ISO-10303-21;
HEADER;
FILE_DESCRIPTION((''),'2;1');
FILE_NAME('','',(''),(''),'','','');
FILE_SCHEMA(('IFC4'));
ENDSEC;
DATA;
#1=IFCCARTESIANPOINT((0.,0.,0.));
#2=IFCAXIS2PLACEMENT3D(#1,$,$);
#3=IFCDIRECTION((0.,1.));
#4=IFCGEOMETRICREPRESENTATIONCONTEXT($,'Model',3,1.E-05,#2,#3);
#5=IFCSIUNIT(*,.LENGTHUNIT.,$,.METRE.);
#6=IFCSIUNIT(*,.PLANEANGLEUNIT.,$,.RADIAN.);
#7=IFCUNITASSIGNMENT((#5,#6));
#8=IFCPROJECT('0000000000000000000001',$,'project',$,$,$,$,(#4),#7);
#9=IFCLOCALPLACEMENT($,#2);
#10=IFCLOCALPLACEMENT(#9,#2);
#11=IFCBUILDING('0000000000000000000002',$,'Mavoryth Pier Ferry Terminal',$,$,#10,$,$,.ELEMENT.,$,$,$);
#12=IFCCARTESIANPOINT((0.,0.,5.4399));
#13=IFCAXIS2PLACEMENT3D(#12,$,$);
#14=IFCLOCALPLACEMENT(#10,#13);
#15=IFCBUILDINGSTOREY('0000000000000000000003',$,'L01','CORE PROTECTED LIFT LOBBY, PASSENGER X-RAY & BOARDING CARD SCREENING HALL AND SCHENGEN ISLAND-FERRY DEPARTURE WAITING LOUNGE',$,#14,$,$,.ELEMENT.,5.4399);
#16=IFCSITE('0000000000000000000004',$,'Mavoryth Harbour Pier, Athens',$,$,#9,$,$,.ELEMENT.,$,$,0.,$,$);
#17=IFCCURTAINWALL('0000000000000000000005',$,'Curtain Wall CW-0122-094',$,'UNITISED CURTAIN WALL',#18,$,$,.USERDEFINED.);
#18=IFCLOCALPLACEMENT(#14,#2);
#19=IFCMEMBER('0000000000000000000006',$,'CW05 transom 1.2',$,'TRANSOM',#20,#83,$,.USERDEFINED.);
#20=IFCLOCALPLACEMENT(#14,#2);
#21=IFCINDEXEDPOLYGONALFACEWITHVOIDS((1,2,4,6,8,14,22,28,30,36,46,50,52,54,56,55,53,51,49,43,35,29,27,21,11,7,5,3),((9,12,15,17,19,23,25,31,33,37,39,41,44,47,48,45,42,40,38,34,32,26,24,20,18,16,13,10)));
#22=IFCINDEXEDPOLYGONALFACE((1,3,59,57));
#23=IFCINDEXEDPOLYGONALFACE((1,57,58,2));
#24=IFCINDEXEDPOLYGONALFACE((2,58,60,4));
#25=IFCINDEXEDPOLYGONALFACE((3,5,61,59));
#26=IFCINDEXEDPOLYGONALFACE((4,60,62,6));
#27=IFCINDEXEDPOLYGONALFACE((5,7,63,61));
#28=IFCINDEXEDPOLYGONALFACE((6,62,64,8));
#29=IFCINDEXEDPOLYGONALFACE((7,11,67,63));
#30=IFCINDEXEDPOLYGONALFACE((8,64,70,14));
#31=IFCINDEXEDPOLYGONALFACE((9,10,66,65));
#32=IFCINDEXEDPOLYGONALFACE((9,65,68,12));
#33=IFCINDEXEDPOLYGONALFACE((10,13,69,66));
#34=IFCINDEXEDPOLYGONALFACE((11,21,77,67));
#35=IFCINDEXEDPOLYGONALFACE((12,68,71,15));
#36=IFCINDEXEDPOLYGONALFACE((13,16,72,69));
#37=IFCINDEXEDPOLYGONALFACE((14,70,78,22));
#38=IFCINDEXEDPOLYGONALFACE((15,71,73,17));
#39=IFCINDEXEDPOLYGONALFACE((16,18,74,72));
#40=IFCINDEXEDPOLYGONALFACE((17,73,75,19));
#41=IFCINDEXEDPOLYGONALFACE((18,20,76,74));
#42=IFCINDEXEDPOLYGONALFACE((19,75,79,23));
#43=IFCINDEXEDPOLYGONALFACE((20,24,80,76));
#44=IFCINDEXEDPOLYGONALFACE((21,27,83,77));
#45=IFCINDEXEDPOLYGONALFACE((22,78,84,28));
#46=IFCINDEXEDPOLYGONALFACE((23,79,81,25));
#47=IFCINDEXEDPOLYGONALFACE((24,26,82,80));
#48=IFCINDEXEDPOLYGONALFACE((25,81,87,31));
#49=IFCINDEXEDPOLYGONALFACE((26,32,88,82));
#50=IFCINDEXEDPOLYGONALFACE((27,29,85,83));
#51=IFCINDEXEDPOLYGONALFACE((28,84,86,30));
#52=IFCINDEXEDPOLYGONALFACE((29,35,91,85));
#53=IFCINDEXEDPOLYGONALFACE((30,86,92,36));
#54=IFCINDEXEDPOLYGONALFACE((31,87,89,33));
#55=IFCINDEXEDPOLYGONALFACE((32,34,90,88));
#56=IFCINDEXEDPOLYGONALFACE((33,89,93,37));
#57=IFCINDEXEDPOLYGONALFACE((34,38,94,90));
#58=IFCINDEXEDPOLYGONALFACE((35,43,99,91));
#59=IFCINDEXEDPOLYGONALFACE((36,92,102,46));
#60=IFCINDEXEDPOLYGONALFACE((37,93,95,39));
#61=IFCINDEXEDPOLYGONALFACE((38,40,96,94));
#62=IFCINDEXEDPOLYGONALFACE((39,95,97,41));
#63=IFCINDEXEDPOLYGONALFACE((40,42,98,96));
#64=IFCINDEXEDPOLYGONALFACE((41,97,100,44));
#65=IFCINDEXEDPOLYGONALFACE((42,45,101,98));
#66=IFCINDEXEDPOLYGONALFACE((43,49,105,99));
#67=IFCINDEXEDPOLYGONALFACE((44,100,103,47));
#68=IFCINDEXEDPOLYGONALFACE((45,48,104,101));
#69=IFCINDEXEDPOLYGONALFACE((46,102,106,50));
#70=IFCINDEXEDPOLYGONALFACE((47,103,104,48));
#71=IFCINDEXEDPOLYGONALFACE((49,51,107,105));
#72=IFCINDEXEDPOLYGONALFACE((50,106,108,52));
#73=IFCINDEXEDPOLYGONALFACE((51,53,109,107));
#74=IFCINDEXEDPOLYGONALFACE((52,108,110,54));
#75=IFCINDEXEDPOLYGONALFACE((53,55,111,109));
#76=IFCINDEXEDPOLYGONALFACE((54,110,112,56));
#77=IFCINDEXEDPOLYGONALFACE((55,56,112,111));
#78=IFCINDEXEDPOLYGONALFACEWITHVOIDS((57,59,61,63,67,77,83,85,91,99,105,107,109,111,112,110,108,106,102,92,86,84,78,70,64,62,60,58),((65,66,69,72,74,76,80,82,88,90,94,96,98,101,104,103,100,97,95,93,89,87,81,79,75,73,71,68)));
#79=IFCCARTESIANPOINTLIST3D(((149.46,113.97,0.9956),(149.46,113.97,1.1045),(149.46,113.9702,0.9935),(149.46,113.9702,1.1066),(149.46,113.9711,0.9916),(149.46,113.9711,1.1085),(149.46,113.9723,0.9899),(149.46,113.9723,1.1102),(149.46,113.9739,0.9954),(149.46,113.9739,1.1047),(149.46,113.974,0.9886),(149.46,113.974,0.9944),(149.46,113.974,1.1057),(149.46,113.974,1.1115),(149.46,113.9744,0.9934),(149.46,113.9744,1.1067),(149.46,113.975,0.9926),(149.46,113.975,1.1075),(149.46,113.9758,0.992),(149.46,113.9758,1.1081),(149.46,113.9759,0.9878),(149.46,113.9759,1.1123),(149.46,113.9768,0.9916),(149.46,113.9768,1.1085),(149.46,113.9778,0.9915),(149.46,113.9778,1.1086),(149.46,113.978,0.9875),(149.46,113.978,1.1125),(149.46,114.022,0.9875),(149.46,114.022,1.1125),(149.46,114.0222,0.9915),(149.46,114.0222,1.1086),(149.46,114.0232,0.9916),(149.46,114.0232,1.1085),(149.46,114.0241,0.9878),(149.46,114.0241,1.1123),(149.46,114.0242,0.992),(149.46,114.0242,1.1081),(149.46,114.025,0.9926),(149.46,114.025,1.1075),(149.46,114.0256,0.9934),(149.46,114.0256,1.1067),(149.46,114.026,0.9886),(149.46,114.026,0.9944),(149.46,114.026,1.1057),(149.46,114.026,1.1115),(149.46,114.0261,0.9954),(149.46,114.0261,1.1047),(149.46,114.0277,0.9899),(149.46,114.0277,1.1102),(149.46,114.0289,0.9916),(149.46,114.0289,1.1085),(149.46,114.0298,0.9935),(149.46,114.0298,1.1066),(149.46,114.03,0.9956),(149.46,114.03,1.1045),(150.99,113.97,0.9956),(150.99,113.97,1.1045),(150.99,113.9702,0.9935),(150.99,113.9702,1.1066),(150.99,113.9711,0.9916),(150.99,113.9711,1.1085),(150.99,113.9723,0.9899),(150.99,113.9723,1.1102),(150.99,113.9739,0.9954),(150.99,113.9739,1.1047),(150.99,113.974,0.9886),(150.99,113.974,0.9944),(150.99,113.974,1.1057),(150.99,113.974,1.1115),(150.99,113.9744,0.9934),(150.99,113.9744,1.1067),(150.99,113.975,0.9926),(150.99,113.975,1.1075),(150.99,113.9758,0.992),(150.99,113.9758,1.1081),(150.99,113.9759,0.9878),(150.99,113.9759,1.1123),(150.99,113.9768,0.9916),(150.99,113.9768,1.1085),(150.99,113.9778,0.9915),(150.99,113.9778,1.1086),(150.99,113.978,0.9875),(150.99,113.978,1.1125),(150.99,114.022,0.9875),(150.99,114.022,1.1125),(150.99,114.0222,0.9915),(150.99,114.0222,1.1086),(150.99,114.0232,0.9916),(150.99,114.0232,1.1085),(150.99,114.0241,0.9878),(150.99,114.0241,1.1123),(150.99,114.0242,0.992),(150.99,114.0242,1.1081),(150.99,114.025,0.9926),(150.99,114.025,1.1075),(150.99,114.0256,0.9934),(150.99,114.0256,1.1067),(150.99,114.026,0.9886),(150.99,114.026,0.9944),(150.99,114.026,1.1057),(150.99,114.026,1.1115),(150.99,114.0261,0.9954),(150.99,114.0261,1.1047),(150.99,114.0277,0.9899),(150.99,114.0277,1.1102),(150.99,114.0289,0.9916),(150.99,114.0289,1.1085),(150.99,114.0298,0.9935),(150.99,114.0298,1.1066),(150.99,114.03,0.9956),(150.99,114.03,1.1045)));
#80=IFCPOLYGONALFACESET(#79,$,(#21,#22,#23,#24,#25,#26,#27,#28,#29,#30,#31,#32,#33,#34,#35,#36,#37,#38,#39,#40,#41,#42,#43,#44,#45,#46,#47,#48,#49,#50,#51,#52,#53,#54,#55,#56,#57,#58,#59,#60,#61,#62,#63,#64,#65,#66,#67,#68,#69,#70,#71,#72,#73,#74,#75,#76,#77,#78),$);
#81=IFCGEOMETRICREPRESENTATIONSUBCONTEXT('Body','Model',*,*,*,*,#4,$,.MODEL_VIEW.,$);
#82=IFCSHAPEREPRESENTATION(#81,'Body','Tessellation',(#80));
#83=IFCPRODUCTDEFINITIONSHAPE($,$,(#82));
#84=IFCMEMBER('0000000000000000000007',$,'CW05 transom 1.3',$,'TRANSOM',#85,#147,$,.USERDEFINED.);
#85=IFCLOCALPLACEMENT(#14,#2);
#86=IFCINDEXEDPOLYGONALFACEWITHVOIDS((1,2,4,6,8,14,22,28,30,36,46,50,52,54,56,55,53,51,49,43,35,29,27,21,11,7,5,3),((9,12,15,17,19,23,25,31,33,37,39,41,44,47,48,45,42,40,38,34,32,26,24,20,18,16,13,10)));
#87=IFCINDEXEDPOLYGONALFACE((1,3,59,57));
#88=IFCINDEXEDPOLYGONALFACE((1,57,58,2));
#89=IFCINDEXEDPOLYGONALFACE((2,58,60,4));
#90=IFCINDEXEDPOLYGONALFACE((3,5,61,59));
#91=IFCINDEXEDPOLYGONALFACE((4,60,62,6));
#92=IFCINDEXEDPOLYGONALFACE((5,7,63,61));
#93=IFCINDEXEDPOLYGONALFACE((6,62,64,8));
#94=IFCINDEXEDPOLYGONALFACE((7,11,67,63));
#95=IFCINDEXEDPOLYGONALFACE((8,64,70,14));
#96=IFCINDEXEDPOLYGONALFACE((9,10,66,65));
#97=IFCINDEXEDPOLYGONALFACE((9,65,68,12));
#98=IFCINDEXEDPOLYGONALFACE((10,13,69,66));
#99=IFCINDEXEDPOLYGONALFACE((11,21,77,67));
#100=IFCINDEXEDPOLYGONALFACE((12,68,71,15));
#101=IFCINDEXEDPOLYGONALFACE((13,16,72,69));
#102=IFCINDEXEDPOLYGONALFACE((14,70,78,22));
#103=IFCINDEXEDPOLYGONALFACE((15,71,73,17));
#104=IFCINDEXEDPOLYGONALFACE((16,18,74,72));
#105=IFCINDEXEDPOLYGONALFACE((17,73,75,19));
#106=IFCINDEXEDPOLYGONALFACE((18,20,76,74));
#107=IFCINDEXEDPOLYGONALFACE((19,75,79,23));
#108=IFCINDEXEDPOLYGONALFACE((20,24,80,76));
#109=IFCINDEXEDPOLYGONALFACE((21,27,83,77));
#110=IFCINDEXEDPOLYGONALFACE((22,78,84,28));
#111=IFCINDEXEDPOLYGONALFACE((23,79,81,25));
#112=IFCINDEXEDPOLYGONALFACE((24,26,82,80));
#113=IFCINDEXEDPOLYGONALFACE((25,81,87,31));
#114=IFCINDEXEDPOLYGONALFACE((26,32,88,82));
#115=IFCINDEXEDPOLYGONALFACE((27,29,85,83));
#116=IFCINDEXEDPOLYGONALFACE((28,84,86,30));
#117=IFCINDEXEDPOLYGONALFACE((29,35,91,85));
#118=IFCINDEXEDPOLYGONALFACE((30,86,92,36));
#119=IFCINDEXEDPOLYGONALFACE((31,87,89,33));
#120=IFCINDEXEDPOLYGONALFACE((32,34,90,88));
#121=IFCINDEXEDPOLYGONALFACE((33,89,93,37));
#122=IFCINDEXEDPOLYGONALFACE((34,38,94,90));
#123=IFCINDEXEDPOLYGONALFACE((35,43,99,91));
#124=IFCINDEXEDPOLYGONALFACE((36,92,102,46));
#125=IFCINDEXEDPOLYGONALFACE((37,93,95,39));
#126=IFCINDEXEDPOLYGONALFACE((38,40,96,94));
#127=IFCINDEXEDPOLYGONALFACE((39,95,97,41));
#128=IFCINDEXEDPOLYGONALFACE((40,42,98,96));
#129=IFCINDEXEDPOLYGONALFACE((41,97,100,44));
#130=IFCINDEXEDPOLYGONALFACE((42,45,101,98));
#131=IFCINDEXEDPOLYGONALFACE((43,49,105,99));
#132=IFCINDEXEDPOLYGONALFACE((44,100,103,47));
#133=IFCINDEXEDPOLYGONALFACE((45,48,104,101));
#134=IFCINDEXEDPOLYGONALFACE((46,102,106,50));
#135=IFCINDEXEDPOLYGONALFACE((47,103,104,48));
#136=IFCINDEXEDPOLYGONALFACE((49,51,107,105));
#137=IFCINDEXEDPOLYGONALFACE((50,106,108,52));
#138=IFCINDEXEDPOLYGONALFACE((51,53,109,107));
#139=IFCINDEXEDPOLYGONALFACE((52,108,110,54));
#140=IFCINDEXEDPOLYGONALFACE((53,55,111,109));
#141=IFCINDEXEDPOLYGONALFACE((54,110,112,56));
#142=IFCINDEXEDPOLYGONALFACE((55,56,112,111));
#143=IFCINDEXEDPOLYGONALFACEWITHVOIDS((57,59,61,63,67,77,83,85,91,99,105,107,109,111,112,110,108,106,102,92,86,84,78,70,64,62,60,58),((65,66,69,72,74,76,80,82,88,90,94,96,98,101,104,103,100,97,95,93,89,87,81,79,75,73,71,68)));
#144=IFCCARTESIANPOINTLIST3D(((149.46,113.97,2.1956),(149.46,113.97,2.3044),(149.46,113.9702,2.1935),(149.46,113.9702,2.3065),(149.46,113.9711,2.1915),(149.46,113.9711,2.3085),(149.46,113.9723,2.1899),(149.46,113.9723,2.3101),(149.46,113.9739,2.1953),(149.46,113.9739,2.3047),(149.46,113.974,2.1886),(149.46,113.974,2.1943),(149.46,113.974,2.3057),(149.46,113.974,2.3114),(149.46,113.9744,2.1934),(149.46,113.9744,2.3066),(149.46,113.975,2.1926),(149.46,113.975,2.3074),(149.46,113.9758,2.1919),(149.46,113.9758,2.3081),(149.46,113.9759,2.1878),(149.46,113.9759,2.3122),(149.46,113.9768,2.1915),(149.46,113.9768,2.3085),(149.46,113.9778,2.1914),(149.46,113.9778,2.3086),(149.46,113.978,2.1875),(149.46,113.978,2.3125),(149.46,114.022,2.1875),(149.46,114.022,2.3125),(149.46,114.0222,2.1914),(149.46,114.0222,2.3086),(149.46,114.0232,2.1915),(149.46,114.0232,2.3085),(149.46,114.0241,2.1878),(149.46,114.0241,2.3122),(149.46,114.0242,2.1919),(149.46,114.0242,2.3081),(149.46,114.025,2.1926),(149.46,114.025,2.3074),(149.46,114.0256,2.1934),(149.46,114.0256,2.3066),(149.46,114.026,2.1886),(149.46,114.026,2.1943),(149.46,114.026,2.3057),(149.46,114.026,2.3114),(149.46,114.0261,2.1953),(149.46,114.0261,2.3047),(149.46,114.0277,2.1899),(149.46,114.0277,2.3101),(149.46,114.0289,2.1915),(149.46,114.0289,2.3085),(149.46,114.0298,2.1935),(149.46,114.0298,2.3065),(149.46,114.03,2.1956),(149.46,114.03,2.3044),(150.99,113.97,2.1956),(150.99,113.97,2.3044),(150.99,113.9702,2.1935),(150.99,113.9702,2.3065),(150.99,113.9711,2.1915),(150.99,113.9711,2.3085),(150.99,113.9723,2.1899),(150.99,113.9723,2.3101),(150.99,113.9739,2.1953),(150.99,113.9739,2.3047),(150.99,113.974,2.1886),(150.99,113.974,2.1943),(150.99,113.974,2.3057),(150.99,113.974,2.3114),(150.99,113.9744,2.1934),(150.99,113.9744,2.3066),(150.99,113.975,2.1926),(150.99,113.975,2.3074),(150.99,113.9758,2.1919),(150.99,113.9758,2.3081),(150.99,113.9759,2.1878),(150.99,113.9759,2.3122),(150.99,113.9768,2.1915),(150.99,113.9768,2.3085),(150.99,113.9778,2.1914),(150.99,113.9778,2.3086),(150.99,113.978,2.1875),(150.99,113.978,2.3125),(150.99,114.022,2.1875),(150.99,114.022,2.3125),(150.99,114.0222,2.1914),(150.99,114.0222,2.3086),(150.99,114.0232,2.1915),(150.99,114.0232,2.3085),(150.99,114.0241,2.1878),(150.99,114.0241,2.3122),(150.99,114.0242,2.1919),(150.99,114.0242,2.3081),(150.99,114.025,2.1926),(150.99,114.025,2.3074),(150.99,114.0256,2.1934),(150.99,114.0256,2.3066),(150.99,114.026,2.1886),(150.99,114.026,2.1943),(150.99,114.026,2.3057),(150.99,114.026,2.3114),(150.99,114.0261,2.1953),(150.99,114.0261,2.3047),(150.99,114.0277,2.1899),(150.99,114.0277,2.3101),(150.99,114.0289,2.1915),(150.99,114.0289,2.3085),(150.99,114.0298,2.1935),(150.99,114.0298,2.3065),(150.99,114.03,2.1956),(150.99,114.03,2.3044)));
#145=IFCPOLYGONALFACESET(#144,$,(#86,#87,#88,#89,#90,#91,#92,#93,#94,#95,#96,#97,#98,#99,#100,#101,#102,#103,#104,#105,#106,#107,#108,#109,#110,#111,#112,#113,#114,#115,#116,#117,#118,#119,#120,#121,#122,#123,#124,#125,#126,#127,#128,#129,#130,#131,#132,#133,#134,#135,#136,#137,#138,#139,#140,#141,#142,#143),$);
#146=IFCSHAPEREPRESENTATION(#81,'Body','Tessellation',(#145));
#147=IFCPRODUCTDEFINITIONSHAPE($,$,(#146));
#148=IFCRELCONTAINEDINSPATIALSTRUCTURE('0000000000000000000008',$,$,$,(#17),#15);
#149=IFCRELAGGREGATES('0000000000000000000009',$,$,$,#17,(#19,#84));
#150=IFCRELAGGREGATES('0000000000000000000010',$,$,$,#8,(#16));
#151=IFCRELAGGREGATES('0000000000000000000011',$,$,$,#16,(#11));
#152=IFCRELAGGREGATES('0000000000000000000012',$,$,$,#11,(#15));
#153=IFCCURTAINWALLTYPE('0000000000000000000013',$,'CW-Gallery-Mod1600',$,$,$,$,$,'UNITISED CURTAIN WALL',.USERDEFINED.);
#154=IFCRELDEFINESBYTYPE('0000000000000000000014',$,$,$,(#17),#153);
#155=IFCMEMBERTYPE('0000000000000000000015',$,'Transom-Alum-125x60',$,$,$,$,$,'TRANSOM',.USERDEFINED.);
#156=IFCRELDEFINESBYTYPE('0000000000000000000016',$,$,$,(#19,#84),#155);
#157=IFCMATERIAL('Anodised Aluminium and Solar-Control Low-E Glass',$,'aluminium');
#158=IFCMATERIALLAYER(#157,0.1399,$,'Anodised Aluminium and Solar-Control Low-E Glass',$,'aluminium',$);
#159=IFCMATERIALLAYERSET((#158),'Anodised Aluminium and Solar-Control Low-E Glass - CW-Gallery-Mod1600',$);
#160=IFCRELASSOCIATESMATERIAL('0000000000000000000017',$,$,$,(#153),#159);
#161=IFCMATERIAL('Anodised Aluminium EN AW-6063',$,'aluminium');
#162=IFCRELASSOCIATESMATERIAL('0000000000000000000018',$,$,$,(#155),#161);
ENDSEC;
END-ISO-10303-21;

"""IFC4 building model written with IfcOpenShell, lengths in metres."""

from ifc_helpers import new_model, si_unit, direction, frame, origin, origin_2d, place, context, subcontext, project, spatial, hollow_rectangle, extrude, material, layer, layer_set, material_profile, profile_set, type_object, element, aggregate, save


model = new_model("IFC4")

# Units and contexts
model_context = context("Model", 3, precision=1e-05, world=origin(), true_north=direction((0.0, 1.0)))
body_context = subcontext(model_context, "Body", "Model", "MODEL_VIEW")
ifc_project = project(units=[si_unit("LENGTHUNIT", "METRE"), si_unit("PLANEANGLEUNIT", "RADIAN")], contexts=[model_context])

# Site, building, storey
site_placement = place(None, origin())
site = spatial("IfcSite", under=ifc_project, at=site_placement, Name="Mavoryth Harbour Pier, Athens", CompositionType="ELEMENT", RefElevation=0.0)
building_placement = place(site_placement, origin())
building = spatial("IfcBuilding", under=site, at=building_placement, Name="Mavoryth Pier Ferry Terminal", CompositionType="ELEMENT")
storey_placement = place(building_placement, frame((0.0, 0.0, 5.4399)))
storey = spatial("IfcBuildingStorey", under=building, at=storey_placement, Name="L01", Description="CORE PROTECTED LIFT LOBBY, PASSENGER X-RAY & BOARDING CARD SCREENING HALL AND SCHENGEN ISLAND-FERRY DEPARTURE WAITING LOUNGE", CompositionType="ELEMENT", Elevation=5.4399)

# Curtain wall
ifc_material_1 = material(Name="Anodised Aluminium and Solar-Control Low-E Glass", Category="aluminium")
ifc_layer_1 = layer(ifc_material_1, 0.1399, Name="Anodised Aluminium and Solar-Control Low-E Glass", Category="aluminium")
ifc_layer_set_1 = layer_set([ifc_layer_1], Name="Anodised Aluminium and Solar-Control Low-E Glass - CW-Gallery-Mod1600")
curtain_wall_type = type_object("IfcCurtainWallType", Name="CW-Gallery-Mod1600", ElementType="UNITISED CURTAIN WALL", PredefinedType="USERDEFINED", material=ifc_layer_set_1)
curtain_wall_1_placement = place(storey_placement, origin())
curtain_wall_1 = element("IfcCurtainWall", 1, at=curtain_wall_1_placement, inside=storey, type_object=curtain_wall_type, Name="Curtain Wall CW-0122-094", ObjectType="UNITISED CURTAIN WALL", PredefinedType="USERDEFINED")
ifc_material_2 = material(Name="Anodised Aluminium EN AW-6063", Category="aluminium")

# Members
ifc_material_profile_1 = material_profile(ifc_material_2, hollow_rectangle(XDim=0.0601, YDim=0.125, WallThickness=0.0039, InnerFilletRadius=0.0039, OuterFilletRadius=0.0081, at=origin_2d()), Name="AL-TRAN 125x60x4", Category="aluminium")
ifc_profile_set_1 = profile_set([ifc_material_profile_1], Name="Anodised Aluminium EN AW-6063 - AL-TRAN 125x60x4")
member_type_1 = type_object("IfcMemberType", Name="Transom-Alum-125x60", ElementType="TRANSOM", PredefinedType="USERDEFINED", material=ifc_profile_set_1)
member_1_placement = place(storey_placement, frame((150.99, 114.0, 1.05), z_axis=(-1.0, 0.0, 0.0), x_axis=(0.0, -1.0, 0.0)))
member_1 = element("IfcMember", 2, at=member_1_placement, type_object=member_type_1, Name="CW05 transom 1.2", ObjectType="TRANSOM", PredefinedType="USERDEFINED", context=body_context, shape_type="SweptSolid", body=[
    extrude(hollow_rectangle(XDim=0.0601, YDim=0.125, WallThickness=0.0039, InnerFilletRadius=0.0039, OuterFilletRadius=0.0081, at=origin_2d()), origin(), (0.0, 0.0, 1.0), 1.53),
])
member_2_placement = place(storey_placement, frame((150.99, 114.0, 2.25), z_axis=(-1.0, 0.0, 0.0), x_axis=(0.0, -1.0, 0.0)))
member_2 = element("IfcMember", 3, at=member_2_placement, type_object=member_type_1, Name="CW05 transom 1.3", ObjectType="TRANSOM", PredefinedType="USERDEFINED", context=body_context, shape_type="SweptSolid", body=[
    extrude(hollow_rectangle(XDim=0.0601, YDim=0.125, WallThickness=0.0039, InnerFilletRadius=0.0039, OuterFilletRadius=0.0081, at=origin_2d()), origin(), (0.0, 0.0, 1.0), 1.53),
])

aggregate(curtain_wall_1, [member_1, member_2])

save(model, "model.ifc")
